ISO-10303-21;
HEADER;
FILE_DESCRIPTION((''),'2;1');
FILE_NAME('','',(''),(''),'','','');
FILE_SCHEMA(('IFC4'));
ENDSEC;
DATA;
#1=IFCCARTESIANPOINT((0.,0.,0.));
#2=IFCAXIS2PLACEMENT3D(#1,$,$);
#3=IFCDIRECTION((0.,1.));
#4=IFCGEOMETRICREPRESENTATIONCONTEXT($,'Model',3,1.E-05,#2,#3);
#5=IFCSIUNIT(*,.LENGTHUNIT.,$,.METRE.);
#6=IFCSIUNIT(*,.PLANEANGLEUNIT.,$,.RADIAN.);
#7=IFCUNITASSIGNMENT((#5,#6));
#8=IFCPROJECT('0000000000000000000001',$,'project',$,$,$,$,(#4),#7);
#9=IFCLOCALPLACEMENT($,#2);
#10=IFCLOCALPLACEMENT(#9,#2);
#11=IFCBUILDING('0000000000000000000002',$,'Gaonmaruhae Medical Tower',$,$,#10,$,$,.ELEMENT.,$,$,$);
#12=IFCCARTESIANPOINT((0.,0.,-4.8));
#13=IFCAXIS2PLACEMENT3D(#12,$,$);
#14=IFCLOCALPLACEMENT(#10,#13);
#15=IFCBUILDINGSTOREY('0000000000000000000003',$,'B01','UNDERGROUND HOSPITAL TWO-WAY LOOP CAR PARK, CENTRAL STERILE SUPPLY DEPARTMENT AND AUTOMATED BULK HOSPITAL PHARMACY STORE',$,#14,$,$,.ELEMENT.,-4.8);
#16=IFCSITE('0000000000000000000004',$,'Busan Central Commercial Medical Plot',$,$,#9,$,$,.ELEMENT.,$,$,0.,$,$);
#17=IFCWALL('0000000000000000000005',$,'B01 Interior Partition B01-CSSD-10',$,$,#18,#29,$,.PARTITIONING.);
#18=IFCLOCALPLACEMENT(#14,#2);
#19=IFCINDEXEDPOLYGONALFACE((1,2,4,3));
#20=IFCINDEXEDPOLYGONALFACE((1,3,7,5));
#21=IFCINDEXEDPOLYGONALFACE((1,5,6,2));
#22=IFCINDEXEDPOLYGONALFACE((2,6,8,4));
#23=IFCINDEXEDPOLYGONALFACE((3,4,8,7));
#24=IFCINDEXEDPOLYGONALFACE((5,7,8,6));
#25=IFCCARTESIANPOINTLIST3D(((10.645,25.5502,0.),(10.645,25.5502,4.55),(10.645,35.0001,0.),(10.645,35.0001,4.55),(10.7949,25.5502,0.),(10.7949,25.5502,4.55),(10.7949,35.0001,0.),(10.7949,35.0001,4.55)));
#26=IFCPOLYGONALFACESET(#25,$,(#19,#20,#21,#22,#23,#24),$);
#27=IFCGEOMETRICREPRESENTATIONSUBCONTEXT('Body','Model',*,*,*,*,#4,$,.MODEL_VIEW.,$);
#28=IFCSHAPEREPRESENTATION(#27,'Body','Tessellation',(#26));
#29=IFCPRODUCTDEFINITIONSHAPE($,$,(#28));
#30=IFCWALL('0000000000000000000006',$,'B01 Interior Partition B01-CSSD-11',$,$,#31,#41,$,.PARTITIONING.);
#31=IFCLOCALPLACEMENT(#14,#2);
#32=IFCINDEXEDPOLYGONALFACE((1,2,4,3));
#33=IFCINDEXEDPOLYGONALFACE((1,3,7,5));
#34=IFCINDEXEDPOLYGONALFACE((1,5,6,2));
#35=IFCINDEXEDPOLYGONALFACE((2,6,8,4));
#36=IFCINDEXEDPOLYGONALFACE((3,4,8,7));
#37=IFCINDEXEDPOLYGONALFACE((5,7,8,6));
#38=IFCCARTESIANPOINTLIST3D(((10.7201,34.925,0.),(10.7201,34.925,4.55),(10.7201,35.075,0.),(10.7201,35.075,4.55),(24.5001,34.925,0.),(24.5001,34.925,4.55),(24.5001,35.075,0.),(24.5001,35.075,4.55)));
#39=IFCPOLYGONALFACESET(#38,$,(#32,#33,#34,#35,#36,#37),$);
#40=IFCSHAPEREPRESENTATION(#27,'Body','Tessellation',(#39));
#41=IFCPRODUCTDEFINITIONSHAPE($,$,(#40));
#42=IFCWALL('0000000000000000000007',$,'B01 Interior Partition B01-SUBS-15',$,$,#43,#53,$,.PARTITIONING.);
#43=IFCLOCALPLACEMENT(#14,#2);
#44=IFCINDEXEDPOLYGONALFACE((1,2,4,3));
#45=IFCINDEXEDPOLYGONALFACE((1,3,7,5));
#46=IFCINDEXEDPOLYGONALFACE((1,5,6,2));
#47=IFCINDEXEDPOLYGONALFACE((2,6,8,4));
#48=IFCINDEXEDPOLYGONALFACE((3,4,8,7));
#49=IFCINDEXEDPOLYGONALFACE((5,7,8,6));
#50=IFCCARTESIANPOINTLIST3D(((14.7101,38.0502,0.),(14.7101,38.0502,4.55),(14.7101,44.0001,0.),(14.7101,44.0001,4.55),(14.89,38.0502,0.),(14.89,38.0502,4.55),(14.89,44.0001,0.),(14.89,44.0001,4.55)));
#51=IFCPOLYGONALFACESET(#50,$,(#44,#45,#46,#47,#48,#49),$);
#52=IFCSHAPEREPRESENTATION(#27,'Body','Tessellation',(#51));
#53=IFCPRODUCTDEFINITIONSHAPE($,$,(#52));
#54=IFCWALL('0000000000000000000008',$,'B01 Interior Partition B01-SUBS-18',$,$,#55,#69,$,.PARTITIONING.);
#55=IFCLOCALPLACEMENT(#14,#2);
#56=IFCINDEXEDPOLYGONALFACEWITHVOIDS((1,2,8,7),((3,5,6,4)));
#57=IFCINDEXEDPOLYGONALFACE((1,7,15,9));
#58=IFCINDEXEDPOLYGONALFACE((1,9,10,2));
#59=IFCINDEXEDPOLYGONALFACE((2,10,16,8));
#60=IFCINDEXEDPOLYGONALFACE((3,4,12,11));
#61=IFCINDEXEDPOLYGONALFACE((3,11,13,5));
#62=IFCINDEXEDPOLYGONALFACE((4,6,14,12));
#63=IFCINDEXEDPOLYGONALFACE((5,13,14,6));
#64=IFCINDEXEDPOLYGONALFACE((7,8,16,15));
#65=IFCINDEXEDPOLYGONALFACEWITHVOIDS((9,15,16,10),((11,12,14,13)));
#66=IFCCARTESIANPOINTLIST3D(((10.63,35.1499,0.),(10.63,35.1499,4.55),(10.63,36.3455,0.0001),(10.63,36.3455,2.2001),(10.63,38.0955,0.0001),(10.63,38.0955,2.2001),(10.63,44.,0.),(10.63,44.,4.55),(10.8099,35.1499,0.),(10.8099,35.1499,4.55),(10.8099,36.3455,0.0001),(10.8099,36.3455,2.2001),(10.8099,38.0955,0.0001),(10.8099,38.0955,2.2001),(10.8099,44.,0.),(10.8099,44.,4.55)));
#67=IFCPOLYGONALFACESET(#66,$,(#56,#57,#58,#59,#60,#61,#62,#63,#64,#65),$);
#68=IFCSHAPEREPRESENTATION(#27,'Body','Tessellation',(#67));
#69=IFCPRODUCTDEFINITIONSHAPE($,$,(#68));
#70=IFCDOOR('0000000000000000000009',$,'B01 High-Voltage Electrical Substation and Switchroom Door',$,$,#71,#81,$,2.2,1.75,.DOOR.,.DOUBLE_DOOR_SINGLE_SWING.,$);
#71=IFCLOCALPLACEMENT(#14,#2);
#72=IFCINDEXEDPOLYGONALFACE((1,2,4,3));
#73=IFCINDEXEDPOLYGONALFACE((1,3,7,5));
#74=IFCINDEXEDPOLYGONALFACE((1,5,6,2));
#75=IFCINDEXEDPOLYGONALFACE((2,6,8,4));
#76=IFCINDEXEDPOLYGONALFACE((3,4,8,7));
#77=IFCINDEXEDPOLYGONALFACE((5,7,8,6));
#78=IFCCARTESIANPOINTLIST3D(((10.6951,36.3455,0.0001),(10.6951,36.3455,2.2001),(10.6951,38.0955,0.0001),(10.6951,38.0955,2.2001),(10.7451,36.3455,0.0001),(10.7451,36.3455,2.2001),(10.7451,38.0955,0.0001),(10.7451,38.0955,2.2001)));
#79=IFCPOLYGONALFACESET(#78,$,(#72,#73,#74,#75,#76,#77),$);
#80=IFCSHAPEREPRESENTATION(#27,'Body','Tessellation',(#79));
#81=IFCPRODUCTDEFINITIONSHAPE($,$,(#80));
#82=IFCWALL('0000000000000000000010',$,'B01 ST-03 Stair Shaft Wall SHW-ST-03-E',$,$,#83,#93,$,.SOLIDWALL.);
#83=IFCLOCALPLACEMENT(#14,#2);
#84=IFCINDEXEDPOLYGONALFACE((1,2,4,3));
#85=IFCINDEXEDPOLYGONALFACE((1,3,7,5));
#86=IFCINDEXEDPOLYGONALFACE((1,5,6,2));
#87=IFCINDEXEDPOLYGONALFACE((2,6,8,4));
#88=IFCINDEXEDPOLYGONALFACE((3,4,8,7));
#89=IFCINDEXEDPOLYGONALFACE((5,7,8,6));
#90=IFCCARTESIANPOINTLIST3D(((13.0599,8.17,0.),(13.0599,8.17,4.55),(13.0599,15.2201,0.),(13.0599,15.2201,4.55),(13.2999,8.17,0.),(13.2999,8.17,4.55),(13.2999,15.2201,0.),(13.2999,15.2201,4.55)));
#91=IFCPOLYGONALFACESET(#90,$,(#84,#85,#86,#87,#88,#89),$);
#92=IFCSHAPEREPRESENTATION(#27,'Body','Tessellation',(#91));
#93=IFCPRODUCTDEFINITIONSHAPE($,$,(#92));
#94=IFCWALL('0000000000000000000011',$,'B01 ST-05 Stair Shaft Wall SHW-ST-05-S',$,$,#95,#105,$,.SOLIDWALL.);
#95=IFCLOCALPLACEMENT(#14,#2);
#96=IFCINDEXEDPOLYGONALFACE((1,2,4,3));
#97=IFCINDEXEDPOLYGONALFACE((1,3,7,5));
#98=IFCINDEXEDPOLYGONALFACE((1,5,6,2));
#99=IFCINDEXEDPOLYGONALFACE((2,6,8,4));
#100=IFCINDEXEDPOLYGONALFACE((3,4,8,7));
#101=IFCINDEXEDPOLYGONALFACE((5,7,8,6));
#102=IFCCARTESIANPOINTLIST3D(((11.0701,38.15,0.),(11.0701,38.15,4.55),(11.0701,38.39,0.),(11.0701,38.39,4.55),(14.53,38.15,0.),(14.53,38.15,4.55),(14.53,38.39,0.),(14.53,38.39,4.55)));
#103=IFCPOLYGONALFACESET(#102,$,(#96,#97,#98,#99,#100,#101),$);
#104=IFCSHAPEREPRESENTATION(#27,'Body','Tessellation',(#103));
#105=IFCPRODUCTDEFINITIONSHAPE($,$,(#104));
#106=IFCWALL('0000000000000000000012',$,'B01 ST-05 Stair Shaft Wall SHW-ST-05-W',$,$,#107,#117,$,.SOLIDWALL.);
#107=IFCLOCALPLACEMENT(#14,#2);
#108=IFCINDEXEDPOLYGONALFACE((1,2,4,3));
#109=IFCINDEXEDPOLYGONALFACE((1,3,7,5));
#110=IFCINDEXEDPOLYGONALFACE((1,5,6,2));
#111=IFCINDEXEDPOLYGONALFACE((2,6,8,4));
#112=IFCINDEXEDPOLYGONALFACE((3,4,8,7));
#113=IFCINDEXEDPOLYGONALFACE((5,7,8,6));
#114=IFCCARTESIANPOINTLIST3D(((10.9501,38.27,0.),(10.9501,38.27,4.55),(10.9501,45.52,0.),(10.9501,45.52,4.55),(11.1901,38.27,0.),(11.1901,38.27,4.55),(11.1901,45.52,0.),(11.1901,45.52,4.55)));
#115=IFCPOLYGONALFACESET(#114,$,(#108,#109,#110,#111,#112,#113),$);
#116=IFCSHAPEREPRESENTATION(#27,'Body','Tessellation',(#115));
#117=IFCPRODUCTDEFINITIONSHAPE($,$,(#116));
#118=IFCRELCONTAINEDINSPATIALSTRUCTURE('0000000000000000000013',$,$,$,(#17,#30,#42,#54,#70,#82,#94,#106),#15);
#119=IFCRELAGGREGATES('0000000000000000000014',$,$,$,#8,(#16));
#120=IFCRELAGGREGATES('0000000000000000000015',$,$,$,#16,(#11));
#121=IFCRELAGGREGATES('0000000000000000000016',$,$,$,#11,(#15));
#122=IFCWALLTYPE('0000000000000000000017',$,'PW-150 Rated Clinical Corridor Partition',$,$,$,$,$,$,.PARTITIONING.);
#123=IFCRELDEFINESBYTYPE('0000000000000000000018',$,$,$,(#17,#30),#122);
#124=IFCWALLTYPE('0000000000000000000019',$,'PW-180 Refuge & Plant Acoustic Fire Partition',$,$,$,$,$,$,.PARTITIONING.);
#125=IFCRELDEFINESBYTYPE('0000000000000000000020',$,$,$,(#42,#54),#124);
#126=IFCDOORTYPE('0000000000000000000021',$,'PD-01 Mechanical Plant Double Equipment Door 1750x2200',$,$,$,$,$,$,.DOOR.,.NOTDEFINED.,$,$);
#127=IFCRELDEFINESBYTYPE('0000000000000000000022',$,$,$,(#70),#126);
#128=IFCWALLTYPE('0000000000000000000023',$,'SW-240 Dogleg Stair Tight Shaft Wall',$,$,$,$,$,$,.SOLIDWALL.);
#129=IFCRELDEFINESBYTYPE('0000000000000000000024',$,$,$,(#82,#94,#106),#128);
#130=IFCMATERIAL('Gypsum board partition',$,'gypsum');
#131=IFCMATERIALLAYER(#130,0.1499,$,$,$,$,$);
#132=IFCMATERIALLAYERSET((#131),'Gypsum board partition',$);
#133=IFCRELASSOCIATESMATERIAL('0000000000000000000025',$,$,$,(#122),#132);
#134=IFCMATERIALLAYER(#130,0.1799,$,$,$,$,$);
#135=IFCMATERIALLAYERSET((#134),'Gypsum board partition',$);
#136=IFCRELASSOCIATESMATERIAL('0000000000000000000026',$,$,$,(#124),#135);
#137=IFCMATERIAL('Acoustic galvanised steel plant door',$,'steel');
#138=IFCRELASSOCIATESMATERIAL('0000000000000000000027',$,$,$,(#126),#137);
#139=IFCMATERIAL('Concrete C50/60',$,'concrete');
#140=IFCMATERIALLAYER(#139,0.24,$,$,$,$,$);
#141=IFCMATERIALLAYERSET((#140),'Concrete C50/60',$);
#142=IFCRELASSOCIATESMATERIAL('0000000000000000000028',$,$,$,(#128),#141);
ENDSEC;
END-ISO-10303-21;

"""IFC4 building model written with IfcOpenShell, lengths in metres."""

from ifc_helpers import new_model, si_unit, direction, frame, frame_2d, origin, place, context, subcontext, project, spatial, rectangle, extrude, material, layer, layer_set, type_object, element, fill, save


model = new_model("IFC4")

# Units and contexts
model_context = context("Model", 3, precision=1e-05, world=origin(), true_north=direction((0.0, 1.0)))
body_context = subcontext(model_context, "Body", "Model", "MODEL_VIEW")
ifc_project = project(units=[si_unit("LENGTHUNIT", "METRE"), si_unit("PLANEANGLEUNIT", "RADIAN")], contexts=[model_context])

# Site, building, storey
site_placement = place(None, origin())
site = spatial("IfcSite", under=ifc_project, at=site_placement, Name="Busan Central Commercial Medical Plot", CompositionType="ELEMENT", RefElevation=0.0)
building_placement = place(site_placement, origin())
building = spatial("IfcBuilding", under=site, at=building_placement, Name="Gaonmaruhae Medical Tower", CompositionType="ELEMENT")
storey_placement = place(building_placement, frame((0.0, 0.0, -4.8)))
storey = spatial("IfcBuildingStorey", under=building, at=storey_placement, Name="B01", Description="UNDERGROUND HOSPITAL TWO-WAY LOOP CAR PARK, CENTRAL STERILE SUPPLY DEPARTMENT AND AUTOMATED BULK HOSPITAL PHARMACY STORE", CompositionType="ELEMENT", Elevation=-4.8)

# Shared definitions
ifc_material_1 = material(Name="Concrete C50/60", Category="concrete")

# Shared definitions
ifc_material_2 = material(Name="Gypsum board partition", Category="gypsum")
ifc_layer_1 = layer(ifc_material_2, 0.1499)
ifc_layer_set_1 = layer_set([ifc_layer_1], Name="Gypsum board partition")
wall_type_1 = type_object("IfcWallType", Name="PW-150 Rated Clinical Corridor Partition", PredefinedType="PARTITIONING", material=ifc_layer_set_1)

# Walls
wall_1_placement = place(storey_placement, frame((10.72, 25.55, 0.0), z_axis=(0.0, 0.0, 1.0), x_axis=(0.0, 1.0, 0.0)))
element("IfcWall", 1, at=wall_1_placement, inside=storey, type_object=wall_type_1, Name="B01 Interior Partition B01-CSSD-10", PredefinedType="PARTITIONING", context=body_context, shape_type="SweptSolid", body=[
    extrude(rectangle(XDim=9.45, YDim=0.1499, at=frame_2d((4.7251, 0.0))), origin(), (0.0, 0.0, 1.0), 4.55),
])
wall_2_placement = place(storey_placement, frame((10.72, 35.0, 0.0), z_axis=(0.0, 0.0, 1.0), x_axis=(1.0, 0.0, 0.0)))
element("IfcWall", 2, at=wall_2_placement, inside=storey, type_object=wall_type_1, Name="B01 Interior Partition B01-CSSD-11", PredefinedType="PARTITIONING", context=body_context, shape_type="SweptSolid", body=[
    extrude(rectangle(XDim=13.78, YDim=0.1499, at=frame_2d((6.8901, 0.0))), origin(), (0.0, 0.0, 1.0), 4.55),
])
ifc_layer_2 = layer(ifc_material_2, 0.1799)
ifc_layer_set_2 = layer_set([ifc_layer_2], Name="Gypsum board partition")
wall_type_2 = type_object("IfcWallType", Name="PW-180 Refuge & Plant Acoustic Fire Partition", PredefinedType="PARTITIONING", material=ifc_layer_set_2)
wall_3_placement = place(storey_placement, frame((14.8, 38.05, 0.0), z_axis=(0.0, 0.0, 1.0), x_axis=(0.0, 1.0, 0.0)))
element("IfcWall", 3, at=wall_3_placement, inside=storey, type_object=wall_type_2, Name="B01 Interior Partition B01-SUBS-15", PredefinedType="PARTITIONING", context=body_context, shape_type="SweptSolid", body=[
    extrude(rectangle(XDim=5.95, YDim=0.1799, at=frame_2d((2.9751, 0.0))), origin(), (0.0, 0.0, 1.0), 4.55),
])

# Wall, opening, door
wall_4_placement = place(storey_placement, frame((10.72, 35.1499, 0.0), z_axis=(0.0, 0.0, 1.0), x_axis=(0.0, 1.0, 0.0)))
wall_4 = element("IfcWall", 4, at=wall_4_placement, inside=storey, type_object=wall_type_2, Name="B01 Interior Partition B01-SUBS-18", PredefinedType="PARTITIONING", context=body_context, shape_type="SweptSolid", body=[
    extrude(rectangle(XDim=8.8501, YDim=0.1799, at=frame_2d((4.425, 0.0))), origin(), (0.0, 0.0, 1.0), 4.55),
])
opening_1_placement = place(wall_4_placement, frame((1.1956, 0.0, 0.0)))
opening_1 = element("IfcOpeningElement", 5, at=opening_1_placement, cuts=wall_4, PredefinedType="OPENING", context=body_context, shape_type="SweptSolid", body=[
    extrude(rectangle(XDim=1.75, YDim=2.2, at=frame_2d((0.875, 1.1001))), frame((0.0, 0.1001, 0.0), z_axis=(0.0, -1.0, 0.0), x_axis=(1.0, 0.0, 0.0)), (0.0, 0.0, 1.0), 0.2),
])
ifc_material_3 = material(Name="Acoustic galvanised steel plant door", Category="steel")
door_type_1 = type_object("IfcDoorType", Name="PD-01 Mechanical Plant Double Equipment Door 1750x2200", OperationType="NOTDEFINED", PredefinedType="DOOR", material=ifc_material_3)
door_1_placement = place(opening_1_placement, origin())
door_1 = element("IfcDoor", 6, at=door_1_placement, inside=storey, type_object=door_type_1, Name="B01 High-Voltage Electrical Substation and Switchroom Door", OperationType="DOUBLE_DOOR_SINGLE_SWING", OverallHeight=2.2, OverallWidth=1.75, PredefinedType="DOOR", context=body_context, shape_type="SweptSolid", body=[
    extrude(rectangle(XDim=1.75, YDim=2.2, at=frame_2d((0.875, 1.1001))), frame((0.0, 0.0249, 0.0), z_axis=(0.0, -1.0, 0.0), x_axis=(1.0, 0.0, 0.0)), (0.0, 0.0, 1.0), 0.05),
])
fill(opening_1, door_1)
ifc_layer_3 = layer(ifc_material_1, 0.24)
ifc_layer_set_3 = layer_set([ifc_layer_3], Name="Concrete C50/60")
wall_type_3 = type_object("IfcWallType", Name="SW-240 Dogleg Stair Tight Shaft Wall", PredefinedType="SOLIDWALL", material=ifc_layer_set_3)

# Walls
wall_5_placement = place(storey_placement, frame((13.1799, 15.22, 0.0), z_axis=(0.0, 0.0, 1.0), x_axis=(0.0, -1.0, 0.0)))
element("IfcWall", 7, at=wall_5_placement, inside=storey, type_object=wall_type_3, Name="B01 ST-03 Stair Shaft Wall SHW-ST-03-E", PredefinedType="SOLIDWALL", context=body_context, shape_type="SweptSolid", body=[
    extrude(rectangle(XDim=7.05, YDim=0.24, at=frame_2d((3.5249, 0.0))), origin(), (0.0, 0.0, 1.0), 4.55),
])
wall_6_placement = place(storey_placement, frame((14.53, 38.27, 0.0), z_axis=(0.0, 0.0, 1.0), x_axis=(-1.0, 0.0, 0.0)))
element("IfcWall", 8, at=wall_6_placement, inside=storey, type_object=wall_type_3, Name="B01 ST-05 Stair Shaft Wall SHW-ST-05-S", PredefinedType="SOLIDWALL", context=body_context, shape_type="SweptSolid", body=[
    extrude(rectangle(XDim=3.46, YDim=0.24, at=frame_2d((1.73, 0.0))), origin(), (0.0, 0.0, 1.0), 4.55),
])
wall_7_placement = place(storey_placement, frame((11.0701, 38.27, 0.0), z_axis=(0.0, 0.0, 1.0), x_axis=(0.0, 1.0, 0.0)))
element("IfcWall", 9, at=wall_7_placement, inside=storey, type_object=wall_type_3, Name="B01 ST-05 Stair Shaft Wall SHW-ST-05-W", PredefinedType="SOLIDWALL", context=body_context, shape_type="SweptSolid", body=[
    extrude(rectangle(XDim=7.25, YDim=0.24, at=frame_2d((3.625, 0.0))), origin(), (0.0, 0.0, 1.0), 4.55),
])

save(model, "model.ifc")
